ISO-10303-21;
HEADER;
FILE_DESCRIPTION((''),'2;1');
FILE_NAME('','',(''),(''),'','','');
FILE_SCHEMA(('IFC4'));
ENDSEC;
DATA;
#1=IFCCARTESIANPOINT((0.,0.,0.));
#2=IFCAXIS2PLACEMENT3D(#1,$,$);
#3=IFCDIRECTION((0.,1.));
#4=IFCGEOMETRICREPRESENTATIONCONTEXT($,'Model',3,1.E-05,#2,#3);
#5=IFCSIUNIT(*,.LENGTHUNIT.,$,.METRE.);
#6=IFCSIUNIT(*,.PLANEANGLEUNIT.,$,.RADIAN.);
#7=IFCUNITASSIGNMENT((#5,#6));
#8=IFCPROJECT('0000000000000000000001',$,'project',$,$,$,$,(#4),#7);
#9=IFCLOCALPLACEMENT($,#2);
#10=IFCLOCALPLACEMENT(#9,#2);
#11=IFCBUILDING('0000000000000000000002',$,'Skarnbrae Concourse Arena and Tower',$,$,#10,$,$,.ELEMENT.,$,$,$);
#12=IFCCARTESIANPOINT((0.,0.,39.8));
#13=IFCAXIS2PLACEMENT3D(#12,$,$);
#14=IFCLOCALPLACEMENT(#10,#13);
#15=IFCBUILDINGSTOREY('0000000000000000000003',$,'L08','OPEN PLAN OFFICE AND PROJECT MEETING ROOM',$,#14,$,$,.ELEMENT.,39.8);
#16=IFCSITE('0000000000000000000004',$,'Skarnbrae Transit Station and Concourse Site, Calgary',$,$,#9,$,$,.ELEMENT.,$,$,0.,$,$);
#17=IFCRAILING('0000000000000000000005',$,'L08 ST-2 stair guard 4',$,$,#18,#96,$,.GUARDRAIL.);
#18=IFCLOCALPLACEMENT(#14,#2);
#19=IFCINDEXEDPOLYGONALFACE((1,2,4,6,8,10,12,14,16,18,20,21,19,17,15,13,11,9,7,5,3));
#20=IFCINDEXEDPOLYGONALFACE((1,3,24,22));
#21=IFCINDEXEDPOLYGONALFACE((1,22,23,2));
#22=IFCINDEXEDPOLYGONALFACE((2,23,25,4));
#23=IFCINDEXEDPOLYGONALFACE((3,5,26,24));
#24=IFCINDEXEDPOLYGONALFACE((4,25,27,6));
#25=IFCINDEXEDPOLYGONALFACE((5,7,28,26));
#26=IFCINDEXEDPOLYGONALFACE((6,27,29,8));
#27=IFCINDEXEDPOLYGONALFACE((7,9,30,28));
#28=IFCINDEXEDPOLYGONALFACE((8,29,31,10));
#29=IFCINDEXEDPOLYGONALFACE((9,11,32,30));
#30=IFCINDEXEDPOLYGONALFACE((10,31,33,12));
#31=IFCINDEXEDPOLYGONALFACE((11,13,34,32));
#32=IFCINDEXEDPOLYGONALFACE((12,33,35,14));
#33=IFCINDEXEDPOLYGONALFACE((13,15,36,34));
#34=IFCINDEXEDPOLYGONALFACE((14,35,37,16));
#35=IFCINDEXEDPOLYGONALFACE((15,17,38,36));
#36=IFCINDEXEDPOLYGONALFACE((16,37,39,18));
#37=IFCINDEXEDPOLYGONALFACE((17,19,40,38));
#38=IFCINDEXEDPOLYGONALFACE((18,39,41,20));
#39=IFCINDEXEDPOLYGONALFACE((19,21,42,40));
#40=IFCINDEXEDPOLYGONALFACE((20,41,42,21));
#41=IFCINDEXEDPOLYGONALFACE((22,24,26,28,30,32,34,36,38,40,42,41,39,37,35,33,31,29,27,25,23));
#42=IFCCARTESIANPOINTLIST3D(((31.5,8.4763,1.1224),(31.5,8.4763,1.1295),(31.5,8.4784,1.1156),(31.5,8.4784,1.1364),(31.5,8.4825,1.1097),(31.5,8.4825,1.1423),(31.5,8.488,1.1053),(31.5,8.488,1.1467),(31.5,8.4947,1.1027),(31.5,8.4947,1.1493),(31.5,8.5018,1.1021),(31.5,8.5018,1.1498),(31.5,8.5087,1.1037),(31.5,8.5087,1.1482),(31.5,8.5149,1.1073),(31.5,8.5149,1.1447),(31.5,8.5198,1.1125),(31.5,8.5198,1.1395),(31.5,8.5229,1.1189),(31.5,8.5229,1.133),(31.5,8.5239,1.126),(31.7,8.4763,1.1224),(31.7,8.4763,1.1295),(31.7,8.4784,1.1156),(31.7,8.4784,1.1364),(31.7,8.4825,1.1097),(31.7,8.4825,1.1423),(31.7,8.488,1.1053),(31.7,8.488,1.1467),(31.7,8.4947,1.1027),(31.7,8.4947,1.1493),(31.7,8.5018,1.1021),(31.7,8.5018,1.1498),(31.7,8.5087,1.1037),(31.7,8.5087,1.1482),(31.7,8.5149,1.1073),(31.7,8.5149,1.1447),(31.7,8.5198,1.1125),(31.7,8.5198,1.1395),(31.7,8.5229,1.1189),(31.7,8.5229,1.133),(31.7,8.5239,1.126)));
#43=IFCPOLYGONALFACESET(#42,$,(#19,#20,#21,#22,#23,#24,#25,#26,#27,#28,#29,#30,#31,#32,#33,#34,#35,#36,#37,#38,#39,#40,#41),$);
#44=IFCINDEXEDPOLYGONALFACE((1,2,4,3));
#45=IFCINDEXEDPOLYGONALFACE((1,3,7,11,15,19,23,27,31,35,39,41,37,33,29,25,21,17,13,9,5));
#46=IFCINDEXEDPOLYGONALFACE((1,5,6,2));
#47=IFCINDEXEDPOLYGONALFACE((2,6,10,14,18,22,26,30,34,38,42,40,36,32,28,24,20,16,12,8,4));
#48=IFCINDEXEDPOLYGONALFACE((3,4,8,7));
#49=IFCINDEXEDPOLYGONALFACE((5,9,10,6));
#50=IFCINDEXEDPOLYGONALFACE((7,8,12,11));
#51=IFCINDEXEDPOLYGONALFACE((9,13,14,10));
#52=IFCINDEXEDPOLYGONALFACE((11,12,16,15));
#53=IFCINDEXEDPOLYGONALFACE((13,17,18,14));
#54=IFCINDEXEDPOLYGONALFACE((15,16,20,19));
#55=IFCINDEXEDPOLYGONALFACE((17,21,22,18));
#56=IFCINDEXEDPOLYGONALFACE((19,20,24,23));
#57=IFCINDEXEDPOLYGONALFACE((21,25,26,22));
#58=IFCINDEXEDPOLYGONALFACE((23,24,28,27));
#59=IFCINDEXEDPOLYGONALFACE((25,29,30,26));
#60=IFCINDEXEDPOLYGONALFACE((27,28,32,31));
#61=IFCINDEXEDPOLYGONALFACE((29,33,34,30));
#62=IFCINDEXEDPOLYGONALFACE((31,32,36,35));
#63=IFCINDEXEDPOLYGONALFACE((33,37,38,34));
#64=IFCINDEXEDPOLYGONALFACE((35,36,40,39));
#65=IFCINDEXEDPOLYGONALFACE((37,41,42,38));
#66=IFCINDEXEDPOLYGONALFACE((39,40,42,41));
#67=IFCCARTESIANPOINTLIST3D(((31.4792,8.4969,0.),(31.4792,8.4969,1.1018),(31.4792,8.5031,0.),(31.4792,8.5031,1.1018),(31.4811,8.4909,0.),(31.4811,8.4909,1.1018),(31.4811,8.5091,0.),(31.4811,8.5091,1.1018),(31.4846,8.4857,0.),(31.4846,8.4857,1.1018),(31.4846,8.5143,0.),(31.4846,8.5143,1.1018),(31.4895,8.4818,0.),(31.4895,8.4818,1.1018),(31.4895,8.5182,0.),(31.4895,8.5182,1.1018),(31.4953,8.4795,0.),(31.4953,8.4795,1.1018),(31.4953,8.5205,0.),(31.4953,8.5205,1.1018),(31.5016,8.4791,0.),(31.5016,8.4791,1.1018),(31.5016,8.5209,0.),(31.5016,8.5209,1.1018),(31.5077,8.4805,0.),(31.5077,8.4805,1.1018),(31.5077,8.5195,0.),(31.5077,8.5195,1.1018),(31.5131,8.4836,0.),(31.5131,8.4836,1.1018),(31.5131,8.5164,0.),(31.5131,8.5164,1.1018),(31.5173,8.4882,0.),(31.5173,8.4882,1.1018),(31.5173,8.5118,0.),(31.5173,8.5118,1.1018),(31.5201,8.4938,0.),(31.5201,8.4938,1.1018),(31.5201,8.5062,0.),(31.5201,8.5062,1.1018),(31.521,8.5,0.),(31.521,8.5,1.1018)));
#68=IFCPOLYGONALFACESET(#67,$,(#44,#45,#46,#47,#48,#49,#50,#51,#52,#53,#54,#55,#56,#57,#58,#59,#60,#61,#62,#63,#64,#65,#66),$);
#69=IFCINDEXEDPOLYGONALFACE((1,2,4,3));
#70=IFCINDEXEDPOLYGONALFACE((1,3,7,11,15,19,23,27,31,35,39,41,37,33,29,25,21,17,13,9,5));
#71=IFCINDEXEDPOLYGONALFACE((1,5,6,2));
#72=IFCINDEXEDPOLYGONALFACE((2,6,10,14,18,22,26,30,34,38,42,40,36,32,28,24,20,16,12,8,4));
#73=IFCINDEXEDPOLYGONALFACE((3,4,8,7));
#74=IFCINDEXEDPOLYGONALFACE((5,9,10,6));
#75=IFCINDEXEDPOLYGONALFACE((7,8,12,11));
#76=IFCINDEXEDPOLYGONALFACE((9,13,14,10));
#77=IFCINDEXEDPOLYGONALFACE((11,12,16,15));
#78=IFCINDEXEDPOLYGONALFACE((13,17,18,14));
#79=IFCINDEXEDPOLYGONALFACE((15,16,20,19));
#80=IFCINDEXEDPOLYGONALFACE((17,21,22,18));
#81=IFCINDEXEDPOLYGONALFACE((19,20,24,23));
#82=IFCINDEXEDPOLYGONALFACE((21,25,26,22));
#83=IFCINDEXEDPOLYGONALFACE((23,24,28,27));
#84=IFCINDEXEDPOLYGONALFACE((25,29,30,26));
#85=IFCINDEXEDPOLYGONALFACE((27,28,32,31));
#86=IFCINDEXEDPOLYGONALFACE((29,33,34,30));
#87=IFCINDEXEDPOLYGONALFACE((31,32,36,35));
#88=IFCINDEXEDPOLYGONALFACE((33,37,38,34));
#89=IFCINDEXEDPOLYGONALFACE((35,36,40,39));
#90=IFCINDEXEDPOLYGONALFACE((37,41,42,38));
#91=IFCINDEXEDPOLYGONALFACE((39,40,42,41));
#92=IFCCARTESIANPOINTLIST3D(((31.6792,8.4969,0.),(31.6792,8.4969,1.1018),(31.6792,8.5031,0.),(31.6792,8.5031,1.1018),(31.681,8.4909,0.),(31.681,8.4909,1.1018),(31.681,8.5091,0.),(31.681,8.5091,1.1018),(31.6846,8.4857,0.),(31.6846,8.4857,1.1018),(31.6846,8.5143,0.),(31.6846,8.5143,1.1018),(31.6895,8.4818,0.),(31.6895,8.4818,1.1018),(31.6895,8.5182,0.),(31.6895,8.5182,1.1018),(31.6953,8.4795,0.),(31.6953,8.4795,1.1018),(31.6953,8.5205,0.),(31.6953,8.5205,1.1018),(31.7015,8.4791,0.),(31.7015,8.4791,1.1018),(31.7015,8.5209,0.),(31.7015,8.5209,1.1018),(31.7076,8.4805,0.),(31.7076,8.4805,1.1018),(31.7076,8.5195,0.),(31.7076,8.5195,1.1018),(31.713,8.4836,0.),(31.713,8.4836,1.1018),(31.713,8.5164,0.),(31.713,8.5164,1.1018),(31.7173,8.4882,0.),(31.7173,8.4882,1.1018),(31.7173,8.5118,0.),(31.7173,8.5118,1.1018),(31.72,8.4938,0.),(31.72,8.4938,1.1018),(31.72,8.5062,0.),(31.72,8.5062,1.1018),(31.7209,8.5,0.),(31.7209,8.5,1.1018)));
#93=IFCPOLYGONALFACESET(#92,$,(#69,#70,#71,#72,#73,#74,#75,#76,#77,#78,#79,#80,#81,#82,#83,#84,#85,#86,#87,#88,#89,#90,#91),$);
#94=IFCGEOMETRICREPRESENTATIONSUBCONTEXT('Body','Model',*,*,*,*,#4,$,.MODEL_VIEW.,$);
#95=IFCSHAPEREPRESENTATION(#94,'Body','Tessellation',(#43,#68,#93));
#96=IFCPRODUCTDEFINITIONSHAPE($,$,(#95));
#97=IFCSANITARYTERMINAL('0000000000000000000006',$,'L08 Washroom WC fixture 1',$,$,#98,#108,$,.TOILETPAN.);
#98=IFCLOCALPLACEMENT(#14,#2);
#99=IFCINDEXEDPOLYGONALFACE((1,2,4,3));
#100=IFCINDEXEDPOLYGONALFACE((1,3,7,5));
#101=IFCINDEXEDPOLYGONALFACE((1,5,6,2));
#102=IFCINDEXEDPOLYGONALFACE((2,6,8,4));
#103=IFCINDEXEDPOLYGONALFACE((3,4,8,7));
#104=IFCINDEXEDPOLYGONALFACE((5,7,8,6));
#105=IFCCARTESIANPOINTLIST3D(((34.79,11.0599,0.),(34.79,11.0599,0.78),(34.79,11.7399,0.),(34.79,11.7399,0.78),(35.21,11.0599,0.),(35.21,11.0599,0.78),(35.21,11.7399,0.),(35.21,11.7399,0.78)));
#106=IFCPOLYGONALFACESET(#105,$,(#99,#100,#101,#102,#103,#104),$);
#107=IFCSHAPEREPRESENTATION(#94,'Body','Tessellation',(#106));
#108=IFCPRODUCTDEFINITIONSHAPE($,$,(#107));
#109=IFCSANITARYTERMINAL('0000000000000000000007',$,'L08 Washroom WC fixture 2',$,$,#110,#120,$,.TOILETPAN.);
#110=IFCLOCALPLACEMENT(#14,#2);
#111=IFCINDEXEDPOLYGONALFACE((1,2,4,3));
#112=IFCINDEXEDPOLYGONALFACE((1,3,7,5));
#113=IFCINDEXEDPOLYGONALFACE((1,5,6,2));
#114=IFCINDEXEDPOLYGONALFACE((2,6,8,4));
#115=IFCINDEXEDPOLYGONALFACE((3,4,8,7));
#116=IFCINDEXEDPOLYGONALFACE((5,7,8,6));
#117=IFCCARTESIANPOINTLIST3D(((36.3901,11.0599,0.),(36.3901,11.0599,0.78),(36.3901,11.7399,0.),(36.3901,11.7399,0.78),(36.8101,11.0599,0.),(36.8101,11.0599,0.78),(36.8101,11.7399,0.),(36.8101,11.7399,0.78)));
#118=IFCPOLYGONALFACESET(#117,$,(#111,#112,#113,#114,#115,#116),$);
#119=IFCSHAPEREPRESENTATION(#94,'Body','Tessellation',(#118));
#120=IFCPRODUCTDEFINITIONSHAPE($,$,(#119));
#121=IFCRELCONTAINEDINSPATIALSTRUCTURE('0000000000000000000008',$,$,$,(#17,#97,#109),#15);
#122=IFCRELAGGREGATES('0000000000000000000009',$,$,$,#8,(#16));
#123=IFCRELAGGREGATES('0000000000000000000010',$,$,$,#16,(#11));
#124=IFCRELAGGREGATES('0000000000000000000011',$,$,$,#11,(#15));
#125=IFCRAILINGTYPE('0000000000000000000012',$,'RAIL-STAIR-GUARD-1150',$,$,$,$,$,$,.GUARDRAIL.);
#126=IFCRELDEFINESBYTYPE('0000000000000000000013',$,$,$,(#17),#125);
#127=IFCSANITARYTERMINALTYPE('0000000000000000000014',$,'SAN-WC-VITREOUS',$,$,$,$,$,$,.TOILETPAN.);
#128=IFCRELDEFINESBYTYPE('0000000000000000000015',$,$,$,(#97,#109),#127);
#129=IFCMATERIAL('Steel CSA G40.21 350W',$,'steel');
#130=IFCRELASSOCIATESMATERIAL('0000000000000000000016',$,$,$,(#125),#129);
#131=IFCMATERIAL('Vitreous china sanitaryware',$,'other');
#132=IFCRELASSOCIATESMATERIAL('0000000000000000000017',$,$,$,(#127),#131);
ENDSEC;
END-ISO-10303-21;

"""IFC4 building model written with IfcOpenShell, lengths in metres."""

from ifc_helpers import new_model, si_unit, direction, frame, origin, origin_2d, place, context, subcontext, project, spatial, rectangle, circle, extrude, source, transform, mapped, material, type_object, element, save


model = new_model("IFC4")

# Units and contexts
model_context = context("Model", 3, precision=1e-05, world=origin(), true_north=direction((0.0, 1.0)))
body_context = subcontext(model_context, "Body", "Model", "MODEL_VIEW")
ifc_project = project(units=[si_unit("LENGTHUNIT", "METRE"), si_unit("PLANEANGLEUNIT", "RADIAN")], contexts=[model_context])

# Site, building, storey
site_placement = place(None, origin())
site = spatial("IfcSite", under=ifc_project, at=site_placement, Name="Skarnbrae Transit Station and Concourse Site, Calgary", CompositionType="ELEMENT", RefElevation=0.0)
building_placement = place(site_placement, origin())
building = spatial("IfcBuilding", under=site, at=building_placement, Name="Skarnbrae Concourse Arena and Tower", CompositionType="ELEMENT")
storey_placement = place(building_placement, frame((0.0, 0.0, 39.8)))
storey = spatial("IfcBuildingStorey", under=building, at=storey_placement, Name="L08", Description="OPEN PLAN OFFICE AND PROJECT MEETING ROOM", CompositionType="ELEMENT", Elevation=39.8)

# Shared definitions
ifc_material_1 = material(Name="Steel CSA G40.21 350W", Category="steel")

# Railing
railing_type_1 = type_object("IfcRailingType", Name="RAIL-STAIR-GUARD-1150", PredefinedType="GUARDRAIL", material=ifc_material_1)
railing_1_placement = place(storey_placement, frame((31.5, 8.5, 0.0)))
element("IfcRailing", 1, at=railing_1_placement, inside=storey, type_object=railing_type_1, Name="L08 ST-2 stair guard 4", PredefinedType="GUARDRAIL", context=body_context, shape_type="SweptSolid", body=[
    extrude(circle(Radius=0.0239, at=origin_2d()), frame((0.0, 0.0, 1.126), z_axis=(1.0, 0.0, 0.0), x_axis=(0.0, 1.0, 0.0)), (0.0, 0.0, 1.0), 0.2),
    extrude(circle(Radius=0.021, at=origin_2d()), origin(), (0.0, 0.0, 1.0), 1.1018),
    extrude(circle(Radius=0.021, at=origin_2d()), frame((0.2, 0.0, 0.0)), (0.0, 0.0, 1.0), 1.1018),
])

# Sanitary terminals
ifc_material_2 = material(Name="Vitreous china sanitaryware", Category="other")
sanitary_terminal_type = type_object("IfcSanitaryTerminalType", Name="SAN-WC-VITREOUS", PredefinedType="TOILETPAN", material=ifc_material_2)
shared_shape_1 = source(origin(), body_context, "Body", "SweptSolid", [
    extrude(rectangle(XDim=0.4199, YDim=0.6799, at=origin_2d()), origin(), (0.0, 0.0, 1.0), 0.78),
])
for number, where, z_axis, x_axis, name in (
    (2, (35.0, 11.3999, 0.0), (0.0, 0.0, 1.0), (1.0, 0.0, 0.0), "L08 Washroom WC fixture 1"),
    (3, (36.6001, 11.3999, 0.0), (0.0, 0.0, 1.0), (1.0, 0.0, 0.0), "L08 Washroom WC fixture 2"),
):
    element("IfcSanitaryTerminal", number, at=place(storey_placement, frame(where, z_axis=z_axis, x_axis=x_axis)), inside=storey, type_object=sanitary_terminal_type, Name=name, PredefinedType="TOILETPAN", context=body_context, shape_type="MappedRepresentation", body=[
        mapped(shared_shape_1, transform((0.0, 0.0, 0.0))),
    ])

save(model, "model.ifc")
